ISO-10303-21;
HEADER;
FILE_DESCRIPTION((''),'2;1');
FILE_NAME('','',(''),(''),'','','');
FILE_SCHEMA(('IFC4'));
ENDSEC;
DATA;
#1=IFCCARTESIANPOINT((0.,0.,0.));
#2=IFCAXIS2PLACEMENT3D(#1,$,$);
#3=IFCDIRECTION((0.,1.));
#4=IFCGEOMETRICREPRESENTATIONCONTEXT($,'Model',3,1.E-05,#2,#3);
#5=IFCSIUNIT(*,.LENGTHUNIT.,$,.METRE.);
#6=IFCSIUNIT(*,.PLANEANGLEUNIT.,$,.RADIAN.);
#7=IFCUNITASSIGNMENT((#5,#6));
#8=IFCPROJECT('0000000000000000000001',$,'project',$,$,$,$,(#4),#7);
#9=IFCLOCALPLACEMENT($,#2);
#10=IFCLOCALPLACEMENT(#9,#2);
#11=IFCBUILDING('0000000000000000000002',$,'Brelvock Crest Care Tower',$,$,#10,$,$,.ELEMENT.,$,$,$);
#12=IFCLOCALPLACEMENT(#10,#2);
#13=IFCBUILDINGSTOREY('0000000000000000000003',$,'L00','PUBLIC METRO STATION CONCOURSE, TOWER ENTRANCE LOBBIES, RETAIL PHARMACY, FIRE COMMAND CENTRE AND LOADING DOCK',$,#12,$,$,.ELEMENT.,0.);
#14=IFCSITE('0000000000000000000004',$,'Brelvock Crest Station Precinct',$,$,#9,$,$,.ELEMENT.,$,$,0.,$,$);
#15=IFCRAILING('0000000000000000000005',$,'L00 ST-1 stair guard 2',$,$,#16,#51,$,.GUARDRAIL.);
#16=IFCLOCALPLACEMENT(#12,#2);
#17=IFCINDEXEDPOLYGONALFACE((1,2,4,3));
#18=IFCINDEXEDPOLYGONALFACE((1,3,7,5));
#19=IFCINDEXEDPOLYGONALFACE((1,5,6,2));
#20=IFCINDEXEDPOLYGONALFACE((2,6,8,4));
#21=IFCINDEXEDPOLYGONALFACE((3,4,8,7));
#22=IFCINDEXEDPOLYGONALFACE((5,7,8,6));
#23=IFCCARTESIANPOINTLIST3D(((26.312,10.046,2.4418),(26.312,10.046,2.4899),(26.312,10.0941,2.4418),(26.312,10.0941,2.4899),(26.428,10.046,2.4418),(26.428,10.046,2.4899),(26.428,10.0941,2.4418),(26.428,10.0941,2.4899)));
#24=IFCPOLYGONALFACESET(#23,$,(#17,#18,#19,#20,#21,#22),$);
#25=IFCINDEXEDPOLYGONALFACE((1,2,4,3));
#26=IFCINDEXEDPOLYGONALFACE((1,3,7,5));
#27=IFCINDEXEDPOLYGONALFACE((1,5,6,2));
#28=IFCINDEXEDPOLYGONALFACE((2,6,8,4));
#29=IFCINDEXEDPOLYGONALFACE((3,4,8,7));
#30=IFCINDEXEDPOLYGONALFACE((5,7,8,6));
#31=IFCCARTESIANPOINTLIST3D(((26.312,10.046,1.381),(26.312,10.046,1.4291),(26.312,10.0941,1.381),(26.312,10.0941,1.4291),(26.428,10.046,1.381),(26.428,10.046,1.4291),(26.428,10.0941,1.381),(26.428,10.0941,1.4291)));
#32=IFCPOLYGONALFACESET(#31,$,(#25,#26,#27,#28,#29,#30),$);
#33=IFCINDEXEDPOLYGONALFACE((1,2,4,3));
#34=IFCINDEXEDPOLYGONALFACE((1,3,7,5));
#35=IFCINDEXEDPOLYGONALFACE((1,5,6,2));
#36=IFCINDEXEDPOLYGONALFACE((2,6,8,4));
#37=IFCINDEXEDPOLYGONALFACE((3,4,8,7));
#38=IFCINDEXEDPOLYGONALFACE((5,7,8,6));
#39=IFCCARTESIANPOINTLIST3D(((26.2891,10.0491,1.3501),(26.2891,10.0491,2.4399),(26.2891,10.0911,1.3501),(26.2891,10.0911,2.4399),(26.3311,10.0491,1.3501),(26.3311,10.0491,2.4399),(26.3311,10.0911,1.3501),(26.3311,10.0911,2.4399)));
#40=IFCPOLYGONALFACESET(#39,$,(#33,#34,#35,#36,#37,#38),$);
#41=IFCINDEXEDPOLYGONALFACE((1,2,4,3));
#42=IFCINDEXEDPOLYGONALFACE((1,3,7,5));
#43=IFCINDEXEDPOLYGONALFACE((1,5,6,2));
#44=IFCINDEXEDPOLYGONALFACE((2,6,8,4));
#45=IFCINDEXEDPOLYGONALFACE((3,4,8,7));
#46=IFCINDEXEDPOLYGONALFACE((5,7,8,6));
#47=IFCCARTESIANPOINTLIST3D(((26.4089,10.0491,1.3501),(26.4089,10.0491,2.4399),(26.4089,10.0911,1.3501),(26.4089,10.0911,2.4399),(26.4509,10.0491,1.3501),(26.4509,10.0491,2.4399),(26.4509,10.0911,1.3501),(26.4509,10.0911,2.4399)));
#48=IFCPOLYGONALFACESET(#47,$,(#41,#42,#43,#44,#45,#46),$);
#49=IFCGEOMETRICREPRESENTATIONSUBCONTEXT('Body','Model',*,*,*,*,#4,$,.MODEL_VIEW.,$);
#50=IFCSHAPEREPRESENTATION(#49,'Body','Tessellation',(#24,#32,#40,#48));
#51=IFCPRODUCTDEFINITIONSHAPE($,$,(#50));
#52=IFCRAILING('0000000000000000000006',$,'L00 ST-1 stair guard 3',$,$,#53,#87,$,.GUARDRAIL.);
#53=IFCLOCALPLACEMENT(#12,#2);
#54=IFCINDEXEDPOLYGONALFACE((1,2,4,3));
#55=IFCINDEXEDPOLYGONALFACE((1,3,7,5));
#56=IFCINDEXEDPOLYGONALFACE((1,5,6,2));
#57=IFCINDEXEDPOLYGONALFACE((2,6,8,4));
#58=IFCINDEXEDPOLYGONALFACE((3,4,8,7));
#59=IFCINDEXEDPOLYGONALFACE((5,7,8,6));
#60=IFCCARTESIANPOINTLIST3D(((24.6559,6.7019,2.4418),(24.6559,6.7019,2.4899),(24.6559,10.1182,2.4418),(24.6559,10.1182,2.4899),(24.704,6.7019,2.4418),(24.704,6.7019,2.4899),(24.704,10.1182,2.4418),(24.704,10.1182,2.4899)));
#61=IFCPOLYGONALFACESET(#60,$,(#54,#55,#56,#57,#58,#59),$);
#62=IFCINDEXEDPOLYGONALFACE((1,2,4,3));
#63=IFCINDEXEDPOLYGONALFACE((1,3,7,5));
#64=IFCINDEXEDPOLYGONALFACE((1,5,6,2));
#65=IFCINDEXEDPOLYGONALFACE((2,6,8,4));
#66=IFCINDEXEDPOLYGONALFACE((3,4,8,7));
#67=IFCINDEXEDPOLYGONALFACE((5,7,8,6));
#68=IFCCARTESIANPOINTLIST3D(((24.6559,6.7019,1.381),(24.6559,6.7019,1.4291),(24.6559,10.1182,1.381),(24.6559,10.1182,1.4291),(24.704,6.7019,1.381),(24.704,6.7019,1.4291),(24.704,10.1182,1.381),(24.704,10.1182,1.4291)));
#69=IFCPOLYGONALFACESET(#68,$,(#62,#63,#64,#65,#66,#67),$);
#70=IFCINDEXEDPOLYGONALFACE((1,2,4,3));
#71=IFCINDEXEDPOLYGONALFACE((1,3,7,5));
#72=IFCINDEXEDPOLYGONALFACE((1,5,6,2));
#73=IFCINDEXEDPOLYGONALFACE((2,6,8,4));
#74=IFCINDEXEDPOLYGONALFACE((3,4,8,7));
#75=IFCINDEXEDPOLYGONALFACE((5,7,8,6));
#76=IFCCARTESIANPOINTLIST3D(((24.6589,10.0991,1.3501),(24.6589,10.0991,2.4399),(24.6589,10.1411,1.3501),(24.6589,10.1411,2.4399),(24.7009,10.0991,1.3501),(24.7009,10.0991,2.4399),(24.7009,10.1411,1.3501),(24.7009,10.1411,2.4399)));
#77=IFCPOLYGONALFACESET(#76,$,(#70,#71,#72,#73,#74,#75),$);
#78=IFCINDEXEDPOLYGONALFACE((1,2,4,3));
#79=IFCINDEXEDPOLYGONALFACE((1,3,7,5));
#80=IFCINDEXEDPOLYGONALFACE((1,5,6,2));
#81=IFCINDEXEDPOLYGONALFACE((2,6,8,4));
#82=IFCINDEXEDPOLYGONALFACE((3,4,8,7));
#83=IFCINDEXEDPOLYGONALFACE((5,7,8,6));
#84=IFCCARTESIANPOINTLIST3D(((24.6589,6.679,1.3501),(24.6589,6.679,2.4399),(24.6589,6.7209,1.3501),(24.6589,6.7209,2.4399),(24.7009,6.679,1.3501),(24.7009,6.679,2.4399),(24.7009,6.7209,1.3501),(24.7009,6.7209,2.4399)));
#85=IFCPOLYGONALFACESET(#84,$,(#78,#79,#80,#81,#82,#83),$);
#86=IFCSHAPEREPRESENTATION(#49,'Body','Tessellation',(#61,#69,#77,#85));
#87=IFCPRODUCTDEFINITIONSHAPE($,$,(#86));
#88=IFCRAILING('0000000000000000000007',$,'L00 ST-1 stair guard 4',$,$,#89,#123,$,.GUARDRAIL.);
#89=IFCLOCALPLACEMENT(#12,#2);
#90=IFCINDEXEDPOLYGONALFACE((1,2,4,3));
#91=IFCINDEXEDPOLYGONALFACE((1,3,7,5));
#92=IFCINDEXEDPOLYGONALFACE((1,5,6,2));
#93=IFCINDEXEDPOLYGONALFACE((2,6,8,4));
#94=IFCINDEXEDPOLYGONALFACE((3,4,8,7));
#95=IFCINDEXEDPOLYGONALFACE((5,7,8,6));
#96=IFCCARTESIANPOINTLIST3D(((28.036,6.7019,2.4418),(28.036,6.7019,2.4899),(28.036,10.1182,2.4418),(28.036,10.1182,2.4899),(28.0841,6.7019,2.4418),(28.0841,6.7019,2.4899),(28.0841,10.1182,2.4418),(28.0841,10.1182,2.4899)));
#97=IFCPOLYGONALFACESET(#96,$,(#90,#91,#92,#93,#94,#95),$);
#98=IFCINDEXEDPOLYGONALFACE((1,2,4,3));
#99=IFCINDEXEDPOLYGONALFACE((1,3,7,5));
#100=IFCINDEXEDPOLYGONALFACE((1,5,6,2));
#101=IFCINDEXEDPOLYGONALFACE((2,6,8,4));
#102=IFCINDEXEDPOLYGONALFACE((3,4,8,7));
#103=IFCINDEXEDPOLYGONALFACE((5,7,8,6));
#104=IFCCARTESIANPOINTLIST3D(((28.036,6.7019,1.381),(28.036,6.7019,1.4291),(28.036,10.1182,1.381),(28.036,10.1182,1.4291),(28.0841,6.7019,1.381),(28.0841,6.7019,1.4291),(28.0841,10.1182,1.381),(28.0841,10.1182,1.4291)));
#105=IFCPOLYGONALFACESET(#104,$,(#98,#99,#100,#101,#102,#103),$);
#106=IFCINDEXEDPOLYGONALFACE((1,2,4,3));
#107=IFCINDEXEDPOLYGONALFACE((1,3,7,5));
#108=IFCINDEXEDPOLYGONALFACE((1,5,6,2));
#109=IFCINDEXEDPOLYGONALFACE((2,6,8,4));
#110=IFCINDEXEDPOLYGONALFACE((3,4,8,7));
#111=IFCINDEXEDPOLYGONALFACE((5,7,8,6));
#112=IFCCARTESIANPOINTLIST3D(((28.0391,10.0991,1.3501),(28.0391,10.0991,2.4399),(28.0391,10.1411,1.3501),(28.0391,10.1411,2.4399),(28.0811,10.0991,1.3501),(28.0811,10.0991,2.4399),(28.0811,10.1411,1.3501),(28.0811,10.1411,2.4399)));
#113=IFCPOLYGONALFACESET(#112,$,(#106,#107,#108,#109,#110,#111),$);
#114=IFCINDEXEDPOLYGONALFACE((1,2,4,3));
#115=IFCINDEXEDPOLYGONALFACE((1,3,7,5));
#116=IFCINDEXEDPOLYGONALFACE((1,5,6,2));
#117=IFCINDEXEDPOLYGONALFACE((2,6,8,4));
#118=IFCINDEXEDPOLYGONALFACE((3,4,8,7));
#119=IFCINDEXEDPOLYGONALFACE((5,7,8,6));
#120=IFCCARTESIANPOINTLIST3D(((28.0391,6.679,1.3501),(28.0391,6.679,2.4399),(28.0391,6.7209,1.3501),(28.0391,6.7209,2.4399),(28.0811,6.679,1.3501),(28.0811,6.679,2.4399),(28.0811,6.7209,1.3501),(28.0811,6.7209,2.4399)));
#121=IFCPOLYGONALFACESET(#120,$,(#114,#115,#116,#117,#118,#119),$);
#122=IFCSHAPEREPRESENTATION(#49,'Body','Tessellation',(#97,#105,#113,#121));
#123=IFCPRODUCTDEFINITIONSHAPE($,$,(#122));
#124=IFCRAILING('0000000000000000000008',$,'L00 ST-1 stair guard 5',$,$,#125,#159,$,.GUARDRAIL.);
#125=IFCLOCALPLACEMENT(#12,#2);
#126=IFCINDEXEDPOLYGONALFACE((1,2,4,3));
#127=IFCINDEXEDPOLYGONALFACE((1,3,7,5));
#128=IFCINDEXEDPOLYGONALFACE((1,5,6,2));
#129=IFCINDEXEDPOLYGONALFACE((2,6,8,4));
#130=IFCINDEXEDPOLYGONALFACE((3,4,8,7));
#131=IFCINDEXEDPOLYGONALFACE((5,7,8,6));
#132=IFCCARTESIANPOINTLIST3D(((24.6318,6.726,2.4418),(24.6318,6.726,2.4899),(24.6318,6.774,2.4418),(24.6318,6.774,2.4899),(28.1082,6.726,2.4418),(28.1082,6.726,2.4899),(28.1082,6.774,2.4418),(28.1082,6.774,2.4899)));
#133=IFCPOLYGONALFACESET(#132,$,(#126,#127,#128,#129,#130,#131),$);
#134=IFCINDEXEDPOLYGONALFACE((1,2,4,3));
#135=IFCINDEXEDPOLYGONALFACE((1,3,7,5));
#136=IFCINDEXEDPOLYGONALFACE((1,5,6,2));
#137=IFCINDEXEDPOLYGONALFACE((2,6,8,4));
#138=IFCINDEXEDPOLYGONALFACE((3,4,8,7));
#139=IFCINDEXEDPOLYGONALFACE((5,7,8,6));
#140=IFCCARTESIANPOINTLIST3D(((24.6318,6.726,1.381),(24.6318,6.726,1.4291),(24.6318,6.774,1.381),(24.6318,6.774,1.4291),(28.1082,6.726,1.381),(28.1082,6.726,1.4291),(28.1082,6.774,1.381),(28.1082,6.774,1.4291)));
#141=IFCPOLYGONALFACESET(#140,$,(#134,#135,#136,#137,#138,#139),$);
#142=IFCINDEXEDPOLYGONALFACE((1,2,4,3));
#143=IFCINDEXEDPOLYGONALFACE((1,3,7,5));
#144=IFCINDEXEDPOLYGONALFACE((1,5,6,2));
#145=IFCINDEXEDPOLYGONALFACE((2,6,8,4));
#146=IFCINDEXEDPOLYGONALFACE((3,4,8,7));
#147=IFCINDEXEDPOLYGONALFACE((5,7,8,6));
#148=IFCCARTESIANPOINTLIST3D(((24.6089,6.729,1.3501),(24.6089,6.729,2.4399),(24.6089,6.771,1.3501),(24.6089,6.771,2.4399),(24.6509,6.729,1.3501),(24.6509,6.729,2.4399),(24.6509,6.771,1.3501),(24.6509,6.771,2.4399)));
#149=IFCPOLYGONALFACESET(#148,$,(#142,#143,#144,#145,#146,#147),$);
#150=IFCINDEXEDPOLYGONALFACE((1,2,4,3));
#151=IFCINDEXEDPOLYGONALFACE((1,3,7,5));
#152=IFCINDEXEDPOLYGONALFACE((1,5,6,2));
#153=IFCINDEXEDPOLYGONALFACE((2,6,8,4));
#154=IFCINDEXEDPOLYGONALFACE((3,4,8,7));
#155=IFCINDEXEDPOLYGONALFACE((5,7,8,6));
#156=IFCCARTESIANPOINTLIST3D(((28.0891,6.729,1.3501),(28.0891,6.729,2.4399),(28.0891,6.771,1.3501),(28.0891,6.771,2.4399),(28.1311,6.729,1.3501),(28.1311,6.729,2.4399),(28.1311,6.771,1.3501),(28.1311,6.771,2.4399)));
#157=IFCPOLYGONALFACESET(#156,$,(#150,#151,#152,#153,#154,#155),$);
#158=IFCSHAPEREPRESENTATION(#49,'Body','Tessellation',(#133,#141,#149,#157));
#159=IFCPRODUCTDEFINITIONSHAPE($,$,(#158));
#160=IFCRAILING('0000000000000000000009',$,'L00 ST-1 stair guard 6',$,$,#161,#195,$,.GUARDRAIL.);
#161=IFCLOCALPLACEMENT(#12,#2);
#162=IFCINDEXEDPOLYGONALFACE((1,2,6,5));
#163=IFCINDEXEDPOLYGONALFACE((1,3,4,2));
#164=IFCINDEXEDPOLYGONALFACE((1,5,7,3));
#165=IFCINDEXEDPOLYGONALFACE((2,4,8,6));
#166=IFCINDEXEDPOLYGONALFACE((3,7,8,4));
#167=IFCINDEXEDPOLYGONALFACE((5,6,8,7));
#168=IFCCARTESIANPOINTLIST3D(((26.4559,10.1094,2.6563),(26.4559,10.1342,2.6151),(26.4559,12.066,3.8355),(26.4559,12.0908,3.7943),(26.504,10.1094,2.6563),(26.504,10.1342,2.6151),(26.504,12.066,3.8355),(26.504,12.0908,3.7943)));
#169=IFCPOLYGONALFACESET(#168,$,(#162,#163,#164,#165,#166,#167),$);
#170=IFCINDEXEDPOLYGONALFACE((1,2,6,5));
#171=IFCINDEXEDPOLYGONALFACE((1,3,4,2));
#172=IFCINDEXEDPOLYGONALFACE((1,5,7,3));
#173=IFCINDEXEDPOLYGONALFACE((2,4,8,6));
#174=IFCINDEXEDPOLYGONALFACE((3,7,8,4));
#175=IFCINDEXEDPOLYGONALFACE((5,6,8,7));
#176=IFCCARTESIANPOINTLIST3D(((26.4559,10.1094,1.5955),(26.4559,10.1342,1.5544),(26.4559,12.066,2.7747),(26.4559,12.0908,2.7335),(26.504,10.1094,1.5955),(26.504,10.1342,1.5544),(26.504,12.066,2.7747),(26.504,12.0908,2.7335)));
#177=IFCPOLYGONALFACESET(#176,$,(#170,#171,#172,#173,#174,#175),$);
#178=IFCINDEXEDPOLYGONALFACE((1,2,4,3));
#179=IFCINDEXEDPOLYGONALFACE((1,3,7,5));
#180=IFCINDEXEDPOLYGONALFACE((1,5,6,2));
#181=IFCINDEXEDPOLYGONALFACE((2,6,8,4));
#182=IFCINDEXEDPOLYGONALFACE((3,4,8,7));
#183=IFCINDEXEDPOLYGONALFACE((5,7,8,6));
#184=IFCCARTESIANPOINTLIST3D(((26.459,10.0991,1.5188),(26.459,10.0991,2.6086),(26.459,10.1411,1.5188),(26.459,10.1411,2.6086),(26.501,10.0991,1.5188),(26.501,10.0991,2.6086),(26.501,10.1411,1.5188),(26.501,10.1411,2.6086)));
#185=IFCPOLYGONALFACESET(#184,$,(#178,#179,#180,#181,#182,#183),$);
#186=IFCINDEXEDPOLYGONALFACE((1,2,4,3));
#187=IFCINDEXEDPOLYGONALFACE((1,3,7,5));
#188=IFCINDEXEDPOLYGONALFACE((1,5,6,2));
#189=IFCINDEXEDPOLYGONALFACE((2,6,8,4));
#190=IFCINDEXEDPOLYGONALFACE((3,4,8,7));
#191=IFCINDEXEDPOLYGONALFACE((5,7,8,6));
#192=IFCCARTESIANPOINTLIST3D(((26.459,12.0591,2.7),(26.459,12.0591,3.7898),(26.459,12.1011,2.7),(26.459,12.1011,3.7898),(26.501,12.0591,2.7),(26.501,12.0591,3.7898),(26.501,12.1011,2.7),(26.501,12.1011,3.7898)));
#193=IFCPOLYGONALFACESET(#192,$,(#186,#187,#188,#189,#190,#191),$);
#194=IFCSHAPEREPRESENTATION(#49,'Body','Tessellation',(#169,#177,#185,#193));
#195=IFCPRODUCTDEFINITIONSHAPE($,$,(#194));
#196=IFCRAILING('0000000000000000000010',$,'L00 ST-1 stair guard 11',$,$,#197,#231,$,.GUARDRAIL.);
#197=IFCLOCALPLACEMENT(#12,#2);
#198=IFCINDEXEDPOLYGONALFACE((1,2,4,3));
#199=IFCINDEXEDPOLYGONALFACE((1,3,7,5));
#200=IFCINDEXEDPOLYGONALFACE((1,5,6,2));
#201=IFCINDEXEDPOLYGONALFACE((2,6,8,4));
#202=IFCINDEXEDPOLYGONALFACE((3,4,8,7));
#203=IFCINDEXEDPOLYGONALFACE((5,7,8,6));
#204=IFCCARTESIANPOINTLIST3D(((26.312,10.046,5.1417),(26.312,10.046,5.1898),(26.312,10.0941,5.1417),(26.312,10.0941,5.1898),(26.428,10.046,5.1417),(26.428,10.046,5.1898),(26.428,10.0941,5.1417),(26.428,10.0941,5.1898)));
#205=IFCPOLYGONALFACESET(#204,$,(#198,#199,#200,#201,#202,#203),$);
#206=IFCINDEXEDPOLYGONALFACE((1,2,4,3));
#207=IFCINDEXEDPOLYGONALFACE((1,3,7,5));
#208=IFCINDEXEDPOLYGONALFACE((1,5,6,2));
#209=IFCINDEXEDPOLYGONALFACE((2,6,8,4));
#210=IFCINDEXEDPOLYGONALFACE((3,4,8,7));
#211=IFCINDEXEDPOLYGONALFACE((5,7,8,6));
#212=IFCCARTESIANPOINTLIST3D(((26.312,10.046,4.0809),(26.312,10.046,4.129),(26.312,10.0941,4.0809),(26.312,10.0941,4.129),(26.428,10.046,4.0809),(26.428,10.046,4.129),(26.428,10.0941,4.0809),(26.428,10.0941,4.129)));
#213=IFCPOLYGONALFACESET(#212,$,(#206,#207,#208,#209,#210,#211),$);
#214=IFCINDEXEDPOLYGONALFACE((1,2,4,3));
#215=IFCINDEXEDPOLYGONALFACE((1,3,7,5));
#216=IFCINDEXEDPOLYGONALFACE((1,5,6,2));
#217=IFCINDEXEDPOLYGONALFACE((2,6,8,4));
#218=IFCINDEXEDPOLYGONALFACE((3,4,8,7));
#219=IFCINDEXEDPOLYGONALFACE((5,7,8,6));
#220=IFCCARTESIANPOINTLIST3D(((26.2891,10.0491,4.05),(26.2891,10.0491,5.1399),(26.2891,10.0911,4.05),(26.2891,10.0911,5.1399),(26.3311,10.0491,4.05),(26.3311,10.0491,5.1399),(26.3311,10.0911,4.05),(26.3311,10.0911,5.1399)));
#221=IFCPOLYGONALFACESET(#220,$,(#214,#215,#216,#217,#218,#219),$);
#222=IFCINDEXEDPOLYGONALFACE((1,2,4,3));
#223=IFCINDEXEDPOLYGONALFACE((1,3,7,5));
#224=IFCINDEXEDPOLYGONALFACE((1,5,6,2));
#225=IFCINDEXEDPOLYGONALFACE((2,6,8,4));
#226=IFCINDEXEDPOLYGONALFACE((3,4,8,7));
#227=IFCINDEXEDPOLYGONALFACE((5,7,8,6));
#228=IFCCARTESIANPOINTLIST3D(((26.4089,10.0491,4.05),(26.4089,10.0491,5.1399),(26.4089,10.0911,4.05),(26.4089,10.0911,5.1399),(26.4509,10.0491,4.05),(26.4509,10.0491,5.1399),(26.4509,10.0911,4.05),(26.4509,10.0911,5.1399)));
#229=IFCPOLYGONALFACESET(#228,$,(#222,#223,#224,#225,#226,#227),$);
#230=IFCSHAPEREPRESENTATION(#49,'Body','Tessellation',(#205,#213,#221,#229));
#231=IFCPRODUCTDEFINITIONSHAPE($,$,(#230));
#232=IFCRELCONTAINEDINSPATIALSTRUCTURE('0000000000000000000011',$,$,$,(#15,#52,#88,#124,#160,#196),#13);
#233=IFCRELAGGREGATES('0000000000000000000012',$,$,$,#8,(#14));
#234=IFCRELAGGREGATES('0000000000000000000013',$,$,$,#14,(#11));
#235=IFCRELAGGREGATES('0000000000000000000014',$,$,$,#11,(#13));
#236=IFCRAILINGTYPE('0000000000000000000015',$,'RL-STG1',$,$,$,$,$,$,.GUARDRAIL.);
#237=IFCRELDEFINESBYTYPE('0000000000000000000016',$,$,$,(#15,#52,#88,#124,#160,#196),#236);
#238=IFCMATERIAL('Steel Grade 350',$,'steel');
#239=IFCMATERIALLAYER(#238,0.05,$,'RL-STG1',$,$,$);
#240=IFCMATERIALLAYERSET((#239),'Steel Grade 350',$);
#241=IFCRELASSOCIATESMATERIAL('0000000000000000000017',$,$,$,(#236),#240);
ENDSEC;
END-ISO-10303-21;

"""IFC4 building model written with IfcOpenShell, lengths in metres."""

from ifc_helpers import new_model, si_unit, direction, frame, origin, origin_2d, place, context, subcontext, project, spatial, rectangle, extrude, material, layer, layer_set, type_object, element, save


model = new_model("IFC4")

# Units and contexts
model_context = context("Model", 3, precision=1e-05, world=origin(), true_north=direction((0.0, 1.0)))
body_context = subcontext(model_context, "Body", "Model", "MODEL_VIEW")
ifc_project = project(units=[si_unit("LENGTHUNIT", "METRE"), si_unit("PLANEANGLEUNIT", "RADIAN")], contexts=[model_context])

# Site, building, storey
site_placement = place(None, origin())
site = spatial("IfcSite", under=ifc_project, at=site_placement, Name="Brelvock Crest Station Precinct", CompositionType="ELEMENT", RefElevation=0.0)
building_placement = place(site_placement, origin())
building = spatial("IfcBuilding", under=site, at=building_placement, Name="Brelvock Crest Care Tower", CompositionType="ELEMENT")
storey_placement = place(building_placement, origin())
storey = spatial("IfcBuildingStorey", under=building, at=storey_placement, Name="L00", Description="PUBLIC METRO STATION CONCOURSE, TOWER ENTRANCE LOBBIES, RETAIL PHARMACY, FIRE COMMAND CENTRE AND LOADING DOCK", CompositionType="ELEMENT", Elevation=0.0)

# Shared definitions
ifc_material_1 = material(Name="Steel Grade 350", Category="steel")

# Railings
ifc_layer_1 = layer(ifc_material_1, 0.05, Name="RL-STG1")
ifc_layer_set_1 = layer_set([ifc_layer_1], Name="Steel Grade 350")
railing_type_1 = type_object("IfcRailingType", Name="RL-STG1", PredefinedType="GUARDRAIL", material=ifc_layer_set_1)
railing_1_placement = place(storey_placement, frame((26.3101, 10.0701, 1.3501)))
element("IfcRailing", 1, at=railing_1_placement, inside=storey, type_object=railing_type_1, Name="L00 ST-1 stair guard 2", PredefinedType="GUARDRAIL", context=body_context, shape_type="SweptSolid", body=[
    extrude(rectangle(XDim=0.0481, YDim=0.0481, at=origin_2d()), frame((0.002, 0.0, 1.1157), z_axis=(1.0, 0.0, 0.0), x_axis=(0.0, 1.0, 0.0)), (0.0, 0.0, 1.0), 0.116),
    extrude(rectangle(XDim=0.0481, YDim=0.0481, at=origin_2d()), frame((0.002, 0.0, 0.0549), z_axis=(1.0, 0.0, 0.0), x_axis=(0.0, 1.0, 0.0)), (0.0, 0.0, 1.0), 0.116),
    extrude(rectangle(XDim=0.042, YDim=0.042, at=origin_2d()), origin(), (0.0, 0.0, 1.0), 1.0898),
    extrude(rectangle(XDim=0.042, YDim=0.042, at=origin_2d()), frame((0.1199, 0.0, 0.0)), (0.0, 0.0, 1.0), 1.0898),
])
for number, where, name in (
    (2, (24.6799, 10.1201, 1.3501), "L00 ST-1 stair guard 3"),
    (3, (28.0601, 10.1201, 1.3501), "L00 ST-1 stair guard 4"),
):
    element("IfcRailing", number, at=place(storey_placement, frame(where)), inside=storey, type_object=railing_type_1, Name=name, PredefinedType="GUARDRAIL", context=body_context, shape_type="SweptSolid", body=[
        extrude(rectangle(XDim=0.0481, YDim=0.0481, at=origin_2d()), frame((0.0, -0.002, 1.1157), z_axis=(0.0, -1.0, 0.0), x_axis=(1.0, 0.0, 0.0)), (0.0, 0.0, 1.0), 3.4163),
        extrude(rectangle(XDim=0.0481, YDim=0.0481, at=origin_2d()), frame((0.0, -0.002, 0.0549), z_axis=(0.0, -1.0, 0.0), x_axis=(1.0, 0.0, 0.0)), (0.0, 0.0, 1.0), 3.4163),
        extrude(rectangle(XDim=0.042, YDim=0.042, at=origin_2d()), origin(), (0.0, 0.0, 1.0), 1.0898),
        extrude(rectangle(XDim=0.042, YDim=0.042, at=origin_2d()), frame((0.0, -3.4202, 0.0)), (0.0, 0.0, 1.0), 1.0898),
    ])
railing_2_placement = place(storey_placement, frame((24.6299, 6.75, 1.3501)))
element("IfcRailing", 4, at=railing_2_placement, inside=storey, type_object=railing_type_1, Name="L00 ST-1 stair guard 5", PredefinedType="GUARDRAIL", context=body_context, shape_type="SweptSolid", body=[
    extrude(rectangle(XDim=0.0481, YDim=0.0481, at=origin_2d()), frame((0.002, 0.0, 1.1157), z_axis=(1.0, 0.0, 0.0), x_axis=(0.0, 1.0, 0.0)), (0.0, 0.0, 1.0), 3.4763),
    extrude(rectangle(XDim=0.0481, YDim=0.0481, at=origin_2d()), frame((0.002, 0.0, 0.0549), z_axis=(1.0, 0.0, 0.0), x_axis=(0.0, 1.0, 0.0)), (0.0, 0.0, 1.0), 3.4763),
    extrude(rectangle(XDim=0.042, YDim=0.042, at=origin_2d()), origin(), (0.0, 0.0, 1.0), 1.0898),
    extrude(rectangle(XDim=0.042, YDim=0.042, at=origin_2d()), frame((3.4802, 0.0, 0.0)), (0.0, 0.0, 1.0), 1.0898),
])
railing_3_placement = place(storey_placement, frame((26.48, 10.1201, 1.5188)))
element("IfcRailing", 5, at=railing_3_placement, inside=storey, type_object=railing_type_1, Name="L00 ST-1 stair guard 6", PredefinedType="GUARDRAIL", context=body_context, shape_type="SweptSolid", body=[
    extrude(rectangle(XDim=0.0481, YDim=0.0481, at=origin_2d()), frame((0.0, 0.0017, 1.1169), z_axis=(0.0, 0.856493, 0.516158), x_axis=(-1.0, 0.0, 0.0)), (0.0, 0.0, 1.0), 2.2844),
    extrude(rectangle(XDim=0.0481, YDim=0.0481, at=origin_2d()), frame((0.0, 0.0017, 0.0562), z_axis=(0.0, 0.856493, 0.516158), x_axis=(-1.0, 0.0, 0.0)), (0.0, 0.0, 1.0), 2.2844),
    extrude(rectangle(XDim=0.042, YDim=0.042, at=origin_2d()), origin(), (0.0, 0.0, 1.0), 1.0898),
    extrude(rectangle(XDim=0.042, YDim=0.042, at=origin_2d()), frame((0.0, 1.96, 1.1812)), (0.0, 0.0, 1.0), 1.0898),
])
railing_4_placement = place(storey_placement, frame((26.3101, 10.0701, 4.05)))
element("IfcRailing", 6, at=railing_4_placement, inside=storey, type_object=railing_type_1, Name="L00 ST-1 stair guard 11", PredefinedType="GUARDRAIL", context=body_context, shape_type="SweptSolid", body=[
    extrude(rectangle(XDim=0.0481, YDim=0.0481, at=origin_2d()), frame((0.002, 0.0, 1.1157), z_axis=(1.0, 0.0, 0.0), x_axis=(0.0, 1.0, 0.0)), (0.0, 0.0, 1.0), 0.116),
    extrude(rectangle(XDim=0.0481, YDim=0.0481, at=origin_2d()), frame((0.002, 0.0, 0.0549), z_axis=(1.0, 0.0, 0.0), x_axis=(0.0, 1.0, 0.0)), (0.0, 0.0, 1.0), 0.116),
    extrude(rectangle(XDim=0.042, YDim=0.042, at=origin_2d()), origin(), (0.0, 0.0, 1.0), 1.0898),
    extrude(rectangle(XDim=0.042, YDim=0.042, at=origin_2d()), frame((0.1199, 0.0, 0.0)), (0.0, 0.0, 1.0), 1.0898),
])

save(model, "model.ifc")
